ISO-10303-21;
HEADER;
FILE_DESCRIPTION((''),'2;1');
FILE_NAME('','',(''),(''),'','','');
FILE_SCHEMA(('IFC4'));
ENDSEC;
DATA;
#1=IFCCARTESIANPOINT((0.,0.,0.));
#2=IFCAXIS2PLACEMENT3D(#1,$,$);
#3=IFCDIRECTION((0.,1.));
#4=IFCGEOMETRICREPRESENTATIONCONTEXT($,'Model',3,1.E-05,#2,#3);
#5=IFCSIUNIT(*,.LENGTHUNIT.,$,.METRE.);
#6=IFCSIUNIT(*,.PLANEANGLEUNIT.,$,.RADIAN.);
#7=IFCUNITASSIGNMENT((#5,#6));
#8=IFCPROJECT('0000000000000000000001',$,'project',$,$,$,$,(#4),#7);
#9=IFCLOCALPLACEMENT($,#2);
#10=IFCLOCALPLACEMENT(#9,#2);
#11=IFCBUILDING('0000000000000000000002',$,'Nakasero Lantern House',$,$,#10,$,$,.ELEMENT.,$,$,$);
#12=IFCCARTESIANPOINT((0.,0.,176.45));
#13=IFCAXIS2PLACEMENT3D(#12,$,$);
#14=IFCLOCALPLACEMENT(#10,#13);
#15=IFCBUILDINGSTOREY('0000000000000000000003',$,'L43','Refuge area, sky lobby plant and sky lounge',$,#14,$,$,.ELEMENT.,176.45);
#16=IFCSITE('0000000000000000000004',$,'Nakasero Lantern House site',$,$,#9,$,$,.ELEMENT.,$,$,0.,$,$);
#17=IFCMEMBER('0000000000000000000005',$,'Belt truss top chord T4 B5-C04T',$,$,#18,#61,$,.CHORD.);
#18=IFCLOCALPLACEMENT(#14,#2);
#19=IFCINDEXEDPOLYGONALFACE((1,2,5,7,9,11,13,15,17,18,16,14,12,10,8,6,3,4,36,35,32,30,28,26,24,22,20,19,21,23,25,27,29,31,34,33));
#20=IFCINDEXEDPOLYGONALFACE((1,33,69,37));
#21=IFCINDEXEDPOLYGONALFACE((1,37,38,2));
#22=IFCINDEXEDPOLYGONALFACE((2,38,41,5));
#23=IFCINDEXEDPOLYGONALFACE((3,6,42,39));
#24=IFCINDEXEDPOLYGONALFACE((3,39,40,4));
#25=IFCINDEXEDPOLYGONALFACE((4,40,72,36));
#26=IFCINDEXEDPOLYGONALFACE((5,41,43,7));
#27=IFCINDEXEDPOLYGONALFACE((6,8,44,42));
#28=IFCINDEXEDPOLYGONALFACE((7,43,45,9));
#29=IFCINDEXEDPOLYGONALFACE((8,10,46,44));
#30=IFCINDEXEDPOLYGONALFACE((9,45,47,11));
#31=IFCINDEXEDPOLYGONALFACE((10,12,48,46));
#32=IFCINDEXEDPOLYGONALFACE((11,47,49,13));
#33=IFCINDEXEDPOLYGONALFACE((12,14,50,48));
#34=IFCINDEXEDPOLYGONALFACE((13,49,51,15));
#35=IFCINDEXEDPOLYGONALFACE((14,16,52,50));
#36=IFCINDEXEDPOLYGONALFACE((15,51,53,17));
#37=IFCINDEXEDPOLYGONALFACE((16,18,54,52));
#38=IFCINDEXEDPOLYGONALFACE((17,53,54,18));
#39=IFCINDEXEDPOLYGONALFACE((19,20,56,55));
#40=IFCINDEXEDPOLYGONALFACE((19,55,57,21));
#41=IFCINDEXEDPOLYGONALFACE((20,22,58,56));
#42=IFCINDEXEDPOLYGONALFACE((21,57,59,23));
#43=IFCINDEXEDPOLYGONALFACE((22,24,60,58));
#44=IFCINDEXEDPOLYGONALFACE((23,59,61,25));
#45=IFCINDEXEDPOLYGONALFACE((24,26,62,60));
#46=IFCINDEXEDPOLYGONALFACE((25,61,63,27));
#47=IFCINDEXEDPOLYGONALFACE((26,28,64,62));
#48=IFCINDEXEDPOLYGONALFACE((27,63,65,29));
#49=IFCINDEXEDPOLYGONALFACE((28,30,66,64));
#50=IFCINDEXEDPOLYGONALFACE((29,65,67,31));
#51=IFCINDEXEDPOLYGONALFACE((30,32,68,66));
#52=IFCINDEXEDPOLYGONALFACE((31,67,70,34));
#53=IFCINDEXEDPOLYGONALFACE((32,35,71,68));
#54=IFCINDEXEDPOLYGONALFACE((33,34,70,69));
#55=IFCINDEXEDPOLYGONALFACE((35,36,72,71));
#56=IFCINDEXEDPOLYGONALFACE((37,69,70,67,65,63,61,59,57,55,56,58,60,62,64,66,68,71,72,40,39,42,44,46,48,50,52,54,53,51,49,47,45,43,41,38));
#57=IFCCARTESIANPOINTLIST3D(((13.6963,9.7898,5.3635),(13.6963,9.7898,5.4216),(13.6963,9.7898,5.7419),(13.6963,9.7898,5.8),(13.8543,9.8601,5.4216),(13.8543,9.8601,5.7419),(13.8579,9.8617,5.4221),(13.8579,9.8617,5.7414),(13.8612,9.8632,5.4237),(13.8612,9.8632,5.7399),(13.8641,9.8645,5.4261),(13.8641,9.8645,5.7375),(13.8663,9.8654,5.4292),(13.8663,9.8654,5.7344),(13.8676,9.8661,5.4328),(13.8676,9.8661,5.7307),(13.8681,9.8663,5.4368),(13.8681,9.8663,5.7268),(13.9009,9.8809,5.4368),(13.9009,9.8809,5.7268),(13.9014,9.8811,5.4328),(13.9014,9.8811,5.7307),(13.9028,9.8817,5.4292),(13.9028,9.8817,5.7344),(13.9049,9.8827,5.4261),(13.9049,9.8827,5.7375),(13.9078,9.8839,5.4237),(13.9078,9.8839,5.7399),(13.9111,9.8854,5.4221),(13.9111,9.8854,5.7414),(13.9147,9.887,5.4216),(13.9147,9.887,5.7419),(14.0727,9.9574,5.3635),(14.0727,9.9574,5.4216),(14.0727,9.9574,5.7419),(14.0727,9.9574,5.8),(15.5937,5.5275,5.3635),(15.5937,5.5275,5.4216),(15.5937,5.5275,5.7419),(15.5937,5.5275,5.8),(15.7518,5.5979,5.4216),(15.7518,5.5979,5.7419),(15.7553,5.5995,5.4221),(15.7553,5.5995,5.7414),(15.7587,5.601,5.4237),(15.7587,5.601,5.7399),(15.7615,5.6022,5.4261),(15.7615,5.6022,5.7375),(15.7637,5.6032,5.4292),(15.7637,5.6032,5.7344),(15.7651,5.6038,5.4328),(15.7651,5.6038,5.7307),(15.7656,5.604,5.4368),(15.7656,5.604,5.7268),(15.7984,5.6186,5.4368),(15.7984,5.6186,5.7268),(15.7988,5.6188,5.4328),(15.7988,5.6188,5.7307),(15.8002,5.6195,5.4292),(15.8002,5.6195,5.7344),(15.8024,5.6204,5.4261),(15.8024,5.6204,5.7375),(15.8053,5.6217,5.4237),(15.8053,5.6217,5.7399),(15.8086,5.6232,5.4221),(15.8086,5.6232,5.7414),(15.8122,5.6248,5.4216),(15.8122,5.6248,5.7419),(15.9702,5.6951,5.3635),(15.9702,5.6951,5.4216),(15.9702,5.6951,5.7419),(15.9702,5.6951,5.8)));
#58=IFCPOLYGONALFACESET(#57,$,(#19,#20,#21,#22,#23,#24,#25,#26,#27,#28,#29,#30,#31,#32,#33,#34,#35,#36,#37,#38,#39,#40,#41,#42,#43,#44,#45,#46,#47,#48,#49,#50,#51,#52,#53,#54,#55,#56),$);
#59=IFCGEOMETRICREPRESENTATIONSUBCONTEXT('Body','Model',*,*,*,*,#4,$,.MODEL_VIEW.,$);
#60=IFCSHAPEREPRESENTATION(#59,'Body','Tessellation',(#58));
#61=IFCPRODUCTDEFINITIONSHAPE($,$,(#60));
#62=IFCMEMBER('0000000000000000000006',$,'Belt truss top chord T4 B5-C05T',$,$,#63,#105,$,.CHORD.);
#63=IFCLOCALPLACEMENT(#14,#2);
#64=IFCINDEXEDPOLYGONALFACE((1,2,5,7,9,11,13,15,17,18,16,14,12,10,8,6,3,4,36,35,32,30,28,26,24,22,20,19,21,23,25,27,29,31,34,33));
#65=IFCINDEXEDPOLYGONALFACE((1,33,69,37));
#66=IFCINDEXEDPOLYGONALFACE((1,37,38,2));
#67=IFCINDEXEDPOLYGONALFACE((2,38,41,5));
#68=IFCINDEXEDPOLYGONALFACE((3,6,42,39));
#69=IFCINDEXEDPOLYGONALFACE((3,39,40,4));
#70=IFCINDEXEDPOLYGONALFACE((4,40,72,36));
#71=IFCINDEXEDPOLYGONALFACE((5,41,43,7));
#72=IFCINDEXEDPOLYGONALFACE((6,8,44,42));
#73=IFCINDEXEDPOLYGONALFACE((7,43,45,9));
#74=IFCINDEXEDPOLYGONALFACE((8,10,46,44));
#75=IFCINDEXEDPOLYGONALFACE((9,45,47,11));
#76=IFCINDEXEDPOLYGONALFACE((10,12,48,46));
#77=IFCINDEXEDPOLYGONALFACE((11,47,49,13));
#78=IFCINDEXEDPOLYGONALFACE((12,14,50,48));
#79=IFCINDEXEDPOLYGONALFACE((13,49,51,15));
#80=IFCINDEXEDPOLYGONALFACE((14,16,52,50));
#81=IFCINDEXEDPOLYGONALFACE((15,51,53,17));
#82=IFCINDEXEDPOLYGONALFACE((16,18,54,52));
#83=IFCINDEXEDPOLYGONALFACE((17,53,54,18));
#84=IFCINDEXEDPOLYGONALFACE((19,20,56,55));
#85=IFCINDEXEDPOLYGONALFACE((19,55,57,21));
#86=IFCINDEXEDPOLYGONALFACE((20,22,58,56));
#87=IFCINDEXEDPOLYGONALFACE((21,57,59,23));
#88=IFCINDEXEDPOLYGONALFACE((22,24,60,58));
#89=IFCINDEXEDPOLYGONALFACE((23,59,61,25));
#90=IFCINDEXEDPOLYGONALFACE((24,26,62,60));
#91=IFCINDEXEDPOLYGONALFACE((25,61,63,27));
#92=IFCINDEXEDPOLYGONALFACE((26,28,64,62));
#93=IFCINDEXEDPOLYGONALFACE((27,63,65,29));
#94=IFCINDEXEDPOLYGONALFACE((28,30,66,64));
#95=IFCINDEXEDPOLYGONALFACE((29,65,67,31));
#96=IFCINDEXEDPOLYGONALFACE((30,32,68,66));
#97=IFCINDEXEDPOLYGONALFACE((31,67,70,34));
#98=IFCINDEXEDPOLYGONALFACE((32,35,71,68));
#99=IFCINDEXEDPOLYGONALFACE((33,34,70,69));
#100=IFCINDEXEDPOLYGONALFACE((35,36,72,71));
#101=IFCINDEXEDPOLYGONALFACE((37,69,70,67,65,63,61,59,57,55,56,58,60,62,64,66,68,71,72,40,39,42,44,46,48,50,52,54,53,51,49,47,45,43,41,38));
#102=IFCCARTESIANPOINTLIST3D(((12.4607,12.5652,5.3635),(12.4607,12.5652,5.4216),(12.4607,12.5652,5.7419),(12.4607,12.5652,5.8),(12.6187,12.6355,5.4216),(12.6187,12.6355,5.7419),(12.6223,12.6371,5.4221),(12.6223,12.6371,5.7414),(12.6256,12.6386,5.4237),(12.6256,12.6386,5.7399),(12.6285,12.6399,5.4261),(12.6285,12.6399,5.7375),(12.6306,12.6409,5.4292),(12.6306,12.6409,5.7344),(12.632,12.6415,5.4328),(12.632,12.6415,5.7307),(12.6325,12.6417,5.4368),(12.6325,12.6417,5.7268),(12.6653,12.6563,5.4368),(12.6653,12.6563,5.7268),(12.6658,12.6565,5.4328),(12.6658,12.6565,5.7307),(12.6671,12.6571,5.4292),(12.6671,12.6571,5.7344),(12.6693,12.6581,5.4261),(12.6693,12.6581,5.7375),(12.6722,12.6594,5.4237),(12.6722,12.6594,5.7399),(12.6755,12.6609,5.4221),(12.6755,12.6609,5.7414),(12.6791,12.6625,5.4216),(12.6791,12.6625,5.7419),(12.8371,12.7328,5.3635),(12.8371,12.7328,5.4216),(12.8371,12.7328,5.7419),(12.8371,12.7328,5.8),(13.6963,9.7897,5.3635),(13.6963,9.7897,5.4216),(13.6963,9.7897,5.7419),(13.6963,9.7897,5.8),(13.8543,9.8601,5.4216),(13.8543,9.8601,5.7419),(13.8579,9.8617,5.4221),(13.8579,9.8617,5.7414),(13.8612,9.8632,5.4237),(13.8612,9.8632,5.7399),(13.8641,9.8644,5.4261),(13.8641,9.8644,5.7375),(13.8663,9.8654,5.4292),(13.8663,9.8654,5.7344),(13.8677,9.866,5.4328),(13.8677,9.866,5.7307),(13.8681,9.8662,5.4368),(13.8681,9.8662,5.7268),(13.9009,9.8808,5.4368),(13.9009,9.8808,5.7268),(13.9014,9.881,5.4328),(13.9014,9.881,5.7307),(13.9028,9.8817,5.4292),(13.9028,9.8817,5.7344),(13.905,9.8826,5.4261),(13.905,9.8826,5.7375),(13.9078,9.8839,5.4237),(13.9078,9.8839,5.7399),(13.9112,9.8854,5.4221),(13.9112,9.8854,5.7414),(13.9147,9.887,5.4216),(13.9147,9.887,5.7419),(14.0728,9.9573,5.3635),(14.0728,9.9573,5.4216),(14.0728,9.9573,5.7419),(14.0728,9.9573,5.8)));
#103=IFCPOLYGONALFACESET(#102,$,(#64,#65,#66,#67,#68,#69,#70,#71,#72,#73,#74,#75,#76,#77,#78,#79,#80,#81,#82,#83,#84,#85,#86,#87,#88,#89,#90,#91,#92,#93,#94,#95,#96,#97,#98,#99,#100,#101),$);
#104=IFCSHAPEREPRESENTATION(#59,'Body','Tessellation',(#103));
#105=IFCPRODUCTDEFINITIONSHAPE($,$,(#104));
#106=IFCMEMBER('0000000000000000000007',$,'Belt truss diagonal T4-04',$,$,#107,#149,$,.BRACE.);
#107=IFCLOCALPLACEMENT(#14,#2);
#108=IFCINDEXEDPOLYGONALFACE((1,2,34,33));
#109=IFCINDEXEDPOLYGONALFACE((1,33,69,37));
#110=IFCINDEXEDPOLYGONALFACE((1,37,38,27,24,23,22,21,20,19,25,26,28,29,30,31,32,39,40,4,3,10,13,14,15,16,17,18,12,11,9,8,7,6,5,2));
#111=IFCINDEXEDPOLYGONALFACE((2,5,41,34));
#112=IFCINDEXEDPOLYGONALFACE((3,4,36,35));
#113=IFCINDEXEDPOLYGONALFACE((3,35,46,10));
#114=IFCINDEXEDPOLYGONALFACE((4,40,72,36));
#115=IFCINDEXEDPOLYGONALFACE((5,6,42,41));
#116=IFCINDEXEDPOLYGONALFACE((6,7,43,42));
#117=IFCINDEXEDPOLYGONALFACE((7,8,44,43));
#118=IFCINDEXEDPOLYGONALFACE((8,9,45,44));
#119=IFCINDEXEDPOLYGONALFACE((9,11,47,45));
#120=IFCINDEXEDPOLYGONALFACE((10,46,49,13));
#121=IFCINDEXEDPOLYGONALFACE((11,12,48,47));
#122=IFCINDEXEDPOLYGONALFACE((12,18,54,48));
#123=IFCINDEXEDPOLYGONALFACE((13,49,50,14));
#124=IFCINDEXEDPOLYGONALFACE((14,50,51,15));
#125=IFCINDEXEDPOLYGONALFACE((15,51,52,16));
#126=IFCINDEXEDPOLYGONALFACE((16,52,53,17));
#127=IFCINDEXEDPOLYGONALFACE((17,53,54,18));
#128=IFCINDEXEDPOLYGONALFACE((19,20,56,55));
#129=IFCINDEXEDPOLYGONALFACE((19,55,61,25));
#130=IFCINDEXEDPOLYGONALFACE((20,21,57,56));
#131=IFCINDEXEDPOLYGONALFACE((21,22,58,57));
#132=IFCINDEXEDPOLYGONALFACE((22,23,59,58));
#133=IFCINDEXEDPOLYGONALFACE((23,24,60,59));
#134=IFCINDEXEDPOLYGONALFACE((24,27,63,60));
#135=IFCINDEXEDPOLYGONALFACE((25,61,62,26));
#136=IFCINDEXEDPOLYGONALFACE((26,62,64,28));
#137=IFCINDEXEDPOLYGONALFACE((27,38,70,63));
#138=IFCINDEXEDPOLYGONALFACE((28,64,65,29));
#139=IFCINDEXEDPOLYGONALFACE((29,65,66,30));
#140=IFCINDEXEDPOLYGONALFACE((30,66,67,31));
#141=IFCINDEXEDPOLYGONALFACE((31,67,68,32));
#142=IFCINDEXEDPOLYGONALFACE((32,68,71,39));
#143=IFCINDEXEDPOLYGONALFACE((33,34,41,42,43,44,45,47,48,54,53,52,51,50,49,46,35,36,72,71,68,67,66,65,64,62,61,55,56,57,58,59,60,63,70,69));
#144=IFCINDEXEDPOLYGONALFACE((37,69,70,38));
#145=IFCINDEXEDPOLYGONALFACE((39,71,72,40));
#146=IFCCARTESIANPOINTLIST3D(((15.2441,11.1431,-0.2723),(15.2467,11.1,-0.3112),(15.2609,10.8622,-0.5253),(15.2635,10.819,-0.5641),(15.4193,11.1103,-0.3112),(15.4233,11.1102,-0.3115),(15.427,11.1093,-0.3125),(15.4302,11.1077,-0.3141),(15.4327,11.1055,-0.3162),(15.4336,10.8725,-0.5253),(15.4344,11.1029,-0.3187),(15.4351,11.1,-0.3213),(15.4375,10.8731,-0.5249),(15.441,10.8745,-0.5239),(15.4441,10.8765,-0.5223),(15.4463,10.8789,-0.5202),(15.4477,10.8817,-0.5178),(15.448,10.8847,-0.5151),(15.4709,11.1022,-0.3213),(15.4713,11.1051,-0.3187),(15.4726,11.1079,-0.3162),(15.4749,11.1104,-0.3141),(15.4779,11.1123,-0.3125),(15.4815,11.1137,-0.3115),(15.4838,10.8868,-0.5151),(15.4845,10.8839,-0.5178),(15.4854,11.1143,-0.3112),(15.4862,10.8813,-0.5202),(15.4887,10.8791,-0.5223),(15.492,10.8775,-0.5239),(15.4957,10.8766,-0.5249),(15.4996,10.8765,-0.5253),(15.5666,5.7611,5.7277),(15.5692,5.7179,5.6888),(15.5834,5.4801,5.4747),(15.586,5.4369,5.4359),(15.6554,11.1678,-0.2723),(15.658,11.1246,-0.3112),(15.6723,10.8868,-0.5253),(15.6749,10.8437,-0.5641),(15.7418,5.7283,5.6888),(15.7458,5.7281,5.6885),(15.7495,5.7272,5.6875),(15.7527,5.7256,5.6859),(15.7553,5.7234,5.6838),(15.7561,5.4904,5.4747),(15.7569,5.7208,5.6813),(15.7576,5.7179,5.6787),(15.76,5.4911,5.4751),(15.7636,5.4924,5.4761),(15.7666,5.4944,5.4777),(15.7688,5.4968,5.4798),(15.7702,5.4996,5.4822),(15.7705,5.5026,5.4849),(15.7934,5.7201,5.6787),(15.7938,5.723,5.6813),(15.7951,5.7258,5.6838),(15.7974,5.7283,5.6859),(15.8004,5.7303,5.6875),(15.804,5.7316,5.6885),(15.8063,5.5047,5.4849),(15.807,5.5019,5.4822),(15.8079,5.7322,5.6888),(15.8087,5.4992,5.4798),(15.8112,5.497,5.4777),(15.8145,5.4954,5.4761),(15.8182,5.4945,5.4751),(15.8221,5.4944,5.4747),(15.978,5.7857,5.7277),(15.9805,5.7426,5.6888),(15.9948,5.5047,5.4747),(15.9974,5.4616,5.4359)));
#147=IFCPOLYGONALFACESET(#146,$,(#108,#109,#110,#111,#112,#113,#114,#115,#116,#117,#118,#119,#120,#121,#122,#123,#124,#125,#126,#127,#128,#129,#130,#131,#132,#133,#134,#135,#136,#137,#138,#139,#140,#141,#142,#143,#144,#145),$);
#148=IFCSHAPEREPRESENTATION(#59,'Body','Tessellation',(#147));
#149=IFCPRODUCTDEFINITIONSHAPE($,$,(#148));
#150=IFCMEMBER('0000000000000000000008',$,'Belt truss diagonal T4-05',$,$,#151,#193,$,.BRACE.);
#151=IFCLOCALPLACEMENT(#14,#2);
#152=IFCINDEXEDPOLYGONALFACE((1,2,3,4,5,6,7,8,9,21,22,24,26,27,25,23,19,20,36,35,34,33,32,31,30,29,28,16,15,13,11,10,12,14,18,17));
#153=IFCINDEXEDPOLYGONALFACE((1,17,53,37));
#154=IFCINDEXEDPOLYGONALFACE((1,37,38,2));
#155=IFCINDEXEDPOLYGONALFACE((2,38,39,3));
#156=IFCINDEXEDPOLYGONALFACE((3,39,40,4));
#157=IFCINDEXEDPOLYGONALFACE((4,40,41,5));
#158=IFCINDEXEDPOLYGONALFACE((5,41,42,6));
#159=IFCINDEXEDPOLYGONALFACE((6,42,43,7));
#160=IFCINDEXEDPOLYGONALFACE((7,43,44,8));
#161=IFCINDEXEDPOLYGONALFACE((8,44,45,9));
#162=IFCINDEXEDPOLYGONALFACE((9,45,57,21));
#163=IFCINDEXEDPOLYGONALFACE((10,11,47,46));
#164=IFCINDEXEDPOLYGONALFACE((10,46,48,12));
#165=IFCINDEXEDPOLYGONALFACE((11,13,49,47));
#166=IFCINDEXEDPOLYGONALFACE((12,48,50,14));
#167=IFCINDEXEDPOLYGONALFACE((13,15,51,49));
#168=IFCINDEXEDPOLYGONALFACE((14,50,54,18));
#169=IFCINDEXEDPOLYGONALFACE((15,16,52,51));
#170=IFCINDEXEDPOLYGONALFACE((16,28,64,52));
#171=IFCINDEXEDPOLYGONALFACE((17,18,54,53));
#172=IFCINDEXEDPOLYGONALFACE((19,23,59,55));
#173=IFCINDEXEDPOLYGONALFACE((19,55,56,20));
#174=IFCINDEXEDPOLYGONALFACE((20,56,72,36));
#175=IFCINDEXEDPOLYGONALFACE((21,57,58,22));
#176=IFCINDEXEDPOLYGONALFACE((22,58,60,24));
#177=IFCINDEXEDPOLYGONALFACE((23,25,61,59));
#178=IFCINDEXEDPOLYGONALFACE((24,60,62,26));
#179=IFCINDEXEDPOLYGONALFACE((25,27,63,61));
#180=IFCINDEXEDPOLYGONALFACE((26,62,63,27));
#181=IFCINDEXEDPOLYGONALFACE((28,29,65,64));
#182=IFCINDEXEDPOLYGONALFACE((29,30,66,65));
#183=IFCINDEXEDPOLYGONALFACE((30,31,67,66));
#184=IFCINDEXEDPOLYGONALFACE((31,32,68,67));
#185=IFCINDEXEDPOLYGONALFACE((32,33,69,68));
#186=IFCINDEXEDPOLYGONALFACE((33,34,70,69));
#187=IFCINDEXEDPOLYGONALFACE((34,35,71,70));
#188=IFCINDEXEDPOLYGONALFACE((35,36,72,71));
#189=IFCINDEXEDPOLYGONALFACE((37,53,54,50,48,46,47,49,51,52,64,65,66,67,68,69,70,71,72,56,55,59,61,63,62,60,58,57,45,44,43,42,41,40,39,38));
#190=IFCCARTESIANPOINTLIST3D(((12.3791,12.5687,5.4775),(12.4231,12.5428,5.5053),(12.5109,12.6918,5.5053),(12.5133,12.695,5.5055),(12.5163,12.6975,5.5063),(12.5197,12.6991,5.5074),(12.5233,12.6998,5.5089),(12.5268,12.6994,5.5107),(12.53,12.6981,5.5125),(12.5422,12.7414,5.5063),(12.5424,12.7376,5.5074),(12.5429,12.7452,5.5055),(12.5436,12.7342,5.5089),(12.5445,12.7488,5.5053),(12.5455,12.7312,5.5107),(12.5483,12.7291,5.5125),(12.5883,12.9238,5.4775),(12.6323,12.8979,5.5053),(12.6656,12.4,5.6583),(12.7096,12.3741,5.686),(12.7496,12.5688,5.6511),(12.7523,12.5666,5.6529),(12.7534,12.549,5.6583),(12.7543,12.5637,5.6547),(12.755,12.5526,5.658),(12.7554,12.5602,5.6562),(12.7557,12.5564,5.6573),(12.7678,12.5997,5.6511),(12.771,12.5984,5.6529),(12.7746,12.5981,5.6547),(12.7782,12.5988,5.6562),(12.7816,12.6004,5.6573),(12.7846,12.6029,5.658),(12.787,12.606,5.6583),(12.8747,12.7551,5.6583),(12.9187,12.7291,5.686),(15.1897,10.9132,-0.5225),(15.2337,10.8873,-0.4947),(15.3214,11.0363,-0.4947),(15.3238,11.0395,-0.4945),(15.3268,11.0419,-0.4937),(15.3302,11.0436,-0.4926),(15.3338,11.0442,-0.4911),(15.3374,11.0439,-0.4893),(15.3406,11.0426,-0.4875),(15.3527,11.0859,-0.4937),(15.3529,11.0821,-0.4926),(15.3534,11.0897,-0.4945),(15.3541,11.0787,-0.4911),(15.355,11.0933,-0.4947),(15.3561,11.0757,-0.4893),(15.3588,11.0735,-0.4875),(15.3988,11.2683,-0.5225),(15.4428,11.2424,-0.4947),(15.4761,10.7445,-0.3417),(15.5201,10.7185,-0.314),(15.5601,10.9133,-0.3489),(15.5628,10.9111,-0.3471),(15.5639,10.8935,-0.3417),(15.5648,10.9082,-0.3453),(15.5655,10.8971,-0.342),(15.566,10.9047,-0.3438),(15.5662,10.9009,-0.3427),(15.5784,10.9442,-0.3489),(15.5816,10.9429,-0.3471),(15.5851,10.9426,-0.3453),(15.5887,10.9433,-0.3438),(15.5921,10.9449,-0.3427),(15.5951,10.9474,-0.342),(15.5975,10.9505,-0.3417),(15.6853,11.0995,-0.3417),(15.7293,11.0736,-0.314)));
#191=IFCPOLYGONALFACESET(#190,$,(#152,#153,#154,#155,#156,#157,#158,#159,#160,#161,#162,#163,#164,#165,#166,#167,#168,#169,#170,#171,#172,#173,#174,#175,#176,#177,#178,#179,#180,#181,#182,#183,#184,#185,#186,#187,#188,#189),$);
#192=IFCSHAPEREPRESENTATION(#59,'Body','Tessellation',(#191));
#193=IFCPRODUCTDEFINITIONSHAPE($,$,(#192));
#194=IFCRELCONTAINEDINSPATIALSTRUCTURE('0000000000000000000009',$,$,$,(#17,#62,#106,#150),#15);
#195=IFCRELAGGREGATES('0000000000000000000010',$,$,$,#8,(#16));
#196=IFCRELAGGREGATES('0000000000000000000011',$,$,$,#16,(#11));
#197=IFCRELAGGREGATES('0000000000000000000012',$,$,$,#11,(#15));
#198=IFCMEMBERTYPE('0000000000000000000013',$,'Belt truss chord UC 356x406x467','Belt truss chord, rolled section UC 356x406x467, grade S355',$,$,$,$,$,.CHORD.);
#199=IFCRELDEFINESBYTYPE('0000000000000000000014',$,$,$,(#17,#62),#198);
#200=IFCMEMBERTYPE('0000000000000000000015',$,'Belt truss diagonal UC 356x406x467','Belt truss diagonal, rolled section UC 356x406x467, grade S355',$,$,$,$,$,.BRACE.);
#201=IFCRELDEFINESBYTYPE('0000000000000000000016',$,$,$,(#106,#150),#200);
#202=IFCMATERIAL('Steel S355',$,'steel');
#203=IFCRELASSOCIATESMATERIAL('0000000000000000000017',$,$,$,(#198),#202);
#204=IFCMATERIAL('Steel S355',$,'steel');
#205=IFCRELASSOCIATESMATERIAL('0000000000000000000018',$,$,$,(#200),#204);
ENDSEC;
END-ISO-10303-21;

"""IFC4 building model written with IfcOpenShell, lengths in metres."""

from ifc_helpers import new_model, si_unit, direction, frame, origin, origin_2d, place, context, subcontext, project, spatial, i_section, extrude, material, material_profile, profile_set, type_object, element, save


model = new_model("IFC4")

# Units and contexts
model_context = context("Model", 3, precision=1e-05, world=origin(), true_north=direction((0.0, 1.0)))
body_context = subcontext(model_context, "Body", "Model", "MODEL_VIEW")
ifc_project = project(units=[si_unit("LENGTHUNIT", "METRE"), si_unit("PLANEANGLEUNIT", "RADIAN")], contexts=[model_context])

# Site, building, storey
site_placement = place(None, origin())
site = spatial("IfcSite", under=ifc_project, at=site_placement, Name="Nakasero Lantern House site", CompositionType="ELEMENT", RefElevation=0.0)
building_placement = place(site_placement, origin())
building = spatial("IfcBuilding", under=site, at=building_placement, Name="Nakasero Lantern House", CompositionType="ELEMENT")
storey_placement = place(building_placement, frame((0.0, 0.0, 176.45)))
storey = spatial("IfcBuildingStorey", under=building, at=storey_placement, Name="L43", Description="Refuge area, sky lobby plant and sky lounge", CompositionType="ELEMENT", Elevation=176.45)

# Members
ifc_material_1 = material(Name="Steel S355", Category="steel")
ifc_material_profile_1 = material_profile(ifc_material_1, i_section(OverallWidth=0.4121, OverallDepth=0.4365, WebThickness=0.0359, FlangeThickness=0.0581, FilletRadius=0.0151, at=origin_2d()), Name="UC 356x406x467")
ifc_profile_set_1 = profile_set([ifc_material_profile_1], Name="Steel S355")
member_type_1 = type_object("IfcMemberType", Name="Belt truss chord UC 356x406x467", Description="Belt truss chord, rolled section UC 356x406x467, grade S355", PredefinedType="CHORD", material=ifc_profile_set_1)
member_1_placement = place(storey_placement, frame((15.782, 5.6113, 5.5818), z_axis=(-0.406702, 0.913561, 0.0), x_axis=(-0.913561, -0.406702, 0.0)))
element("IfcMember", 1, at=member_1_placement, inside=storey, type_object=member_type_1, Name="Belt truss top chord T4 B5-C04T", PredefinedType="CHORD", context=body_context, shape_type="SweptSolid", body=[
    extrude(i_section(OverallWidth=0.4121, OverallDepth=0.4365, WebThickness=0.0359, FlangeThickness=0.0581, FilletRadius=0.0151, at=origin_2d()), origin(), (0.0, 0.0, 1.0), 4.6655),
])
member_2_placement = place(storey_placement, frame((13.8845, 9.8735, 5.5818), z_axis=(-0.406713, 0.913556, 0.0), x_axis=(-0.913556, -0.406713, 0.0)))
element("IfcMember", 2, at=member_2_placement, inside=storey, type_object=member_type_1, Name="Belt truss top chord T4 B5-C05T", PredefinedType="CHORD", context=body_context, shape_type="SweptSolid", body=[
    extrude(i_section(OverallWidth=0.4121, OverallDepth=0.4365, WebThickness=0.0359, FlangeThickness=0.0581, FilletRadius=0.0151, at=origin_2d()), origin(), (0.0, 0.0, 1.0), 3.0381),
])
ifc_material_2 = material(Name="Steel S355", Category="steel")
ifc_material_profile_2 = material_profile(ifc_material_2, i_section(OverallWidth=0.4121, OverallDepth=0.4365, WebThickness=0.0359, FlangeThickness=0.0581, FilletRadius=0.0151, at=origin_2d()), Name="UC 356x406x467")
ifc_profile_set_2 = profile_set([ifc_material_profile_2], Name="Steel S355")
member_type_2 = type_object("IfcMemberType", Name="Belt truss diagonal UC 356x406x467", Description="Belt truss diagonal, rolled section UC 356x406x467, grade S355", PredefinedType="BRACE", material=ifc_profile_set_2)
member_3_placement = place(storey_placement, frame((15.782, 5.6113, 5.5818), z_axis=(-0.039981, 0.667202, -0.743803), x_axis=(-0.998209, -0.059816, 0.0)))
element("IfcMember", 3, at=member_3_placement, inside=storey, type_object=member_type_2, Name="Belt truss diagonal T4-04", PredefinedType="BRACE", context=body_context, shape_type="SweptSolid", body=[
    extrude(i_section(OverallWidth=0.4121, OverallDepth=0.4365, WebThickness=0.0359, FlangeThickness=0.0581, FilletRadius=0.0151, at=origin_2d()), origin(), (0.0, 0.0, 1.0), 8.0667),
])
member_4_placement = place(storey_placement, frame((15.4595, 10.9934, -0.4182), z_axis=(-0.41154, 0.242412, 0.878562), x_axis=(-0.507534, -0.861632, 0.0)))
element("IfcMember", 4, at=member_4_placement, inside=storey, type_object=member_type_2, Name="Belt truss diagonal T4-05", PredefinedType="BRACE", context=body_context, shape_type="SweptSolid", body=[
    extrude(i_section(OverallWidth=0.4121, OverallDepth=0.4365, WebThickness=0.0359, FlangeThickness=0.0581, FilletRadius=0.0151, at=origin_2d()), origin(), (0.0, 0.0, 1.0), 6.8293),
])

save(model, "model.ifc")
